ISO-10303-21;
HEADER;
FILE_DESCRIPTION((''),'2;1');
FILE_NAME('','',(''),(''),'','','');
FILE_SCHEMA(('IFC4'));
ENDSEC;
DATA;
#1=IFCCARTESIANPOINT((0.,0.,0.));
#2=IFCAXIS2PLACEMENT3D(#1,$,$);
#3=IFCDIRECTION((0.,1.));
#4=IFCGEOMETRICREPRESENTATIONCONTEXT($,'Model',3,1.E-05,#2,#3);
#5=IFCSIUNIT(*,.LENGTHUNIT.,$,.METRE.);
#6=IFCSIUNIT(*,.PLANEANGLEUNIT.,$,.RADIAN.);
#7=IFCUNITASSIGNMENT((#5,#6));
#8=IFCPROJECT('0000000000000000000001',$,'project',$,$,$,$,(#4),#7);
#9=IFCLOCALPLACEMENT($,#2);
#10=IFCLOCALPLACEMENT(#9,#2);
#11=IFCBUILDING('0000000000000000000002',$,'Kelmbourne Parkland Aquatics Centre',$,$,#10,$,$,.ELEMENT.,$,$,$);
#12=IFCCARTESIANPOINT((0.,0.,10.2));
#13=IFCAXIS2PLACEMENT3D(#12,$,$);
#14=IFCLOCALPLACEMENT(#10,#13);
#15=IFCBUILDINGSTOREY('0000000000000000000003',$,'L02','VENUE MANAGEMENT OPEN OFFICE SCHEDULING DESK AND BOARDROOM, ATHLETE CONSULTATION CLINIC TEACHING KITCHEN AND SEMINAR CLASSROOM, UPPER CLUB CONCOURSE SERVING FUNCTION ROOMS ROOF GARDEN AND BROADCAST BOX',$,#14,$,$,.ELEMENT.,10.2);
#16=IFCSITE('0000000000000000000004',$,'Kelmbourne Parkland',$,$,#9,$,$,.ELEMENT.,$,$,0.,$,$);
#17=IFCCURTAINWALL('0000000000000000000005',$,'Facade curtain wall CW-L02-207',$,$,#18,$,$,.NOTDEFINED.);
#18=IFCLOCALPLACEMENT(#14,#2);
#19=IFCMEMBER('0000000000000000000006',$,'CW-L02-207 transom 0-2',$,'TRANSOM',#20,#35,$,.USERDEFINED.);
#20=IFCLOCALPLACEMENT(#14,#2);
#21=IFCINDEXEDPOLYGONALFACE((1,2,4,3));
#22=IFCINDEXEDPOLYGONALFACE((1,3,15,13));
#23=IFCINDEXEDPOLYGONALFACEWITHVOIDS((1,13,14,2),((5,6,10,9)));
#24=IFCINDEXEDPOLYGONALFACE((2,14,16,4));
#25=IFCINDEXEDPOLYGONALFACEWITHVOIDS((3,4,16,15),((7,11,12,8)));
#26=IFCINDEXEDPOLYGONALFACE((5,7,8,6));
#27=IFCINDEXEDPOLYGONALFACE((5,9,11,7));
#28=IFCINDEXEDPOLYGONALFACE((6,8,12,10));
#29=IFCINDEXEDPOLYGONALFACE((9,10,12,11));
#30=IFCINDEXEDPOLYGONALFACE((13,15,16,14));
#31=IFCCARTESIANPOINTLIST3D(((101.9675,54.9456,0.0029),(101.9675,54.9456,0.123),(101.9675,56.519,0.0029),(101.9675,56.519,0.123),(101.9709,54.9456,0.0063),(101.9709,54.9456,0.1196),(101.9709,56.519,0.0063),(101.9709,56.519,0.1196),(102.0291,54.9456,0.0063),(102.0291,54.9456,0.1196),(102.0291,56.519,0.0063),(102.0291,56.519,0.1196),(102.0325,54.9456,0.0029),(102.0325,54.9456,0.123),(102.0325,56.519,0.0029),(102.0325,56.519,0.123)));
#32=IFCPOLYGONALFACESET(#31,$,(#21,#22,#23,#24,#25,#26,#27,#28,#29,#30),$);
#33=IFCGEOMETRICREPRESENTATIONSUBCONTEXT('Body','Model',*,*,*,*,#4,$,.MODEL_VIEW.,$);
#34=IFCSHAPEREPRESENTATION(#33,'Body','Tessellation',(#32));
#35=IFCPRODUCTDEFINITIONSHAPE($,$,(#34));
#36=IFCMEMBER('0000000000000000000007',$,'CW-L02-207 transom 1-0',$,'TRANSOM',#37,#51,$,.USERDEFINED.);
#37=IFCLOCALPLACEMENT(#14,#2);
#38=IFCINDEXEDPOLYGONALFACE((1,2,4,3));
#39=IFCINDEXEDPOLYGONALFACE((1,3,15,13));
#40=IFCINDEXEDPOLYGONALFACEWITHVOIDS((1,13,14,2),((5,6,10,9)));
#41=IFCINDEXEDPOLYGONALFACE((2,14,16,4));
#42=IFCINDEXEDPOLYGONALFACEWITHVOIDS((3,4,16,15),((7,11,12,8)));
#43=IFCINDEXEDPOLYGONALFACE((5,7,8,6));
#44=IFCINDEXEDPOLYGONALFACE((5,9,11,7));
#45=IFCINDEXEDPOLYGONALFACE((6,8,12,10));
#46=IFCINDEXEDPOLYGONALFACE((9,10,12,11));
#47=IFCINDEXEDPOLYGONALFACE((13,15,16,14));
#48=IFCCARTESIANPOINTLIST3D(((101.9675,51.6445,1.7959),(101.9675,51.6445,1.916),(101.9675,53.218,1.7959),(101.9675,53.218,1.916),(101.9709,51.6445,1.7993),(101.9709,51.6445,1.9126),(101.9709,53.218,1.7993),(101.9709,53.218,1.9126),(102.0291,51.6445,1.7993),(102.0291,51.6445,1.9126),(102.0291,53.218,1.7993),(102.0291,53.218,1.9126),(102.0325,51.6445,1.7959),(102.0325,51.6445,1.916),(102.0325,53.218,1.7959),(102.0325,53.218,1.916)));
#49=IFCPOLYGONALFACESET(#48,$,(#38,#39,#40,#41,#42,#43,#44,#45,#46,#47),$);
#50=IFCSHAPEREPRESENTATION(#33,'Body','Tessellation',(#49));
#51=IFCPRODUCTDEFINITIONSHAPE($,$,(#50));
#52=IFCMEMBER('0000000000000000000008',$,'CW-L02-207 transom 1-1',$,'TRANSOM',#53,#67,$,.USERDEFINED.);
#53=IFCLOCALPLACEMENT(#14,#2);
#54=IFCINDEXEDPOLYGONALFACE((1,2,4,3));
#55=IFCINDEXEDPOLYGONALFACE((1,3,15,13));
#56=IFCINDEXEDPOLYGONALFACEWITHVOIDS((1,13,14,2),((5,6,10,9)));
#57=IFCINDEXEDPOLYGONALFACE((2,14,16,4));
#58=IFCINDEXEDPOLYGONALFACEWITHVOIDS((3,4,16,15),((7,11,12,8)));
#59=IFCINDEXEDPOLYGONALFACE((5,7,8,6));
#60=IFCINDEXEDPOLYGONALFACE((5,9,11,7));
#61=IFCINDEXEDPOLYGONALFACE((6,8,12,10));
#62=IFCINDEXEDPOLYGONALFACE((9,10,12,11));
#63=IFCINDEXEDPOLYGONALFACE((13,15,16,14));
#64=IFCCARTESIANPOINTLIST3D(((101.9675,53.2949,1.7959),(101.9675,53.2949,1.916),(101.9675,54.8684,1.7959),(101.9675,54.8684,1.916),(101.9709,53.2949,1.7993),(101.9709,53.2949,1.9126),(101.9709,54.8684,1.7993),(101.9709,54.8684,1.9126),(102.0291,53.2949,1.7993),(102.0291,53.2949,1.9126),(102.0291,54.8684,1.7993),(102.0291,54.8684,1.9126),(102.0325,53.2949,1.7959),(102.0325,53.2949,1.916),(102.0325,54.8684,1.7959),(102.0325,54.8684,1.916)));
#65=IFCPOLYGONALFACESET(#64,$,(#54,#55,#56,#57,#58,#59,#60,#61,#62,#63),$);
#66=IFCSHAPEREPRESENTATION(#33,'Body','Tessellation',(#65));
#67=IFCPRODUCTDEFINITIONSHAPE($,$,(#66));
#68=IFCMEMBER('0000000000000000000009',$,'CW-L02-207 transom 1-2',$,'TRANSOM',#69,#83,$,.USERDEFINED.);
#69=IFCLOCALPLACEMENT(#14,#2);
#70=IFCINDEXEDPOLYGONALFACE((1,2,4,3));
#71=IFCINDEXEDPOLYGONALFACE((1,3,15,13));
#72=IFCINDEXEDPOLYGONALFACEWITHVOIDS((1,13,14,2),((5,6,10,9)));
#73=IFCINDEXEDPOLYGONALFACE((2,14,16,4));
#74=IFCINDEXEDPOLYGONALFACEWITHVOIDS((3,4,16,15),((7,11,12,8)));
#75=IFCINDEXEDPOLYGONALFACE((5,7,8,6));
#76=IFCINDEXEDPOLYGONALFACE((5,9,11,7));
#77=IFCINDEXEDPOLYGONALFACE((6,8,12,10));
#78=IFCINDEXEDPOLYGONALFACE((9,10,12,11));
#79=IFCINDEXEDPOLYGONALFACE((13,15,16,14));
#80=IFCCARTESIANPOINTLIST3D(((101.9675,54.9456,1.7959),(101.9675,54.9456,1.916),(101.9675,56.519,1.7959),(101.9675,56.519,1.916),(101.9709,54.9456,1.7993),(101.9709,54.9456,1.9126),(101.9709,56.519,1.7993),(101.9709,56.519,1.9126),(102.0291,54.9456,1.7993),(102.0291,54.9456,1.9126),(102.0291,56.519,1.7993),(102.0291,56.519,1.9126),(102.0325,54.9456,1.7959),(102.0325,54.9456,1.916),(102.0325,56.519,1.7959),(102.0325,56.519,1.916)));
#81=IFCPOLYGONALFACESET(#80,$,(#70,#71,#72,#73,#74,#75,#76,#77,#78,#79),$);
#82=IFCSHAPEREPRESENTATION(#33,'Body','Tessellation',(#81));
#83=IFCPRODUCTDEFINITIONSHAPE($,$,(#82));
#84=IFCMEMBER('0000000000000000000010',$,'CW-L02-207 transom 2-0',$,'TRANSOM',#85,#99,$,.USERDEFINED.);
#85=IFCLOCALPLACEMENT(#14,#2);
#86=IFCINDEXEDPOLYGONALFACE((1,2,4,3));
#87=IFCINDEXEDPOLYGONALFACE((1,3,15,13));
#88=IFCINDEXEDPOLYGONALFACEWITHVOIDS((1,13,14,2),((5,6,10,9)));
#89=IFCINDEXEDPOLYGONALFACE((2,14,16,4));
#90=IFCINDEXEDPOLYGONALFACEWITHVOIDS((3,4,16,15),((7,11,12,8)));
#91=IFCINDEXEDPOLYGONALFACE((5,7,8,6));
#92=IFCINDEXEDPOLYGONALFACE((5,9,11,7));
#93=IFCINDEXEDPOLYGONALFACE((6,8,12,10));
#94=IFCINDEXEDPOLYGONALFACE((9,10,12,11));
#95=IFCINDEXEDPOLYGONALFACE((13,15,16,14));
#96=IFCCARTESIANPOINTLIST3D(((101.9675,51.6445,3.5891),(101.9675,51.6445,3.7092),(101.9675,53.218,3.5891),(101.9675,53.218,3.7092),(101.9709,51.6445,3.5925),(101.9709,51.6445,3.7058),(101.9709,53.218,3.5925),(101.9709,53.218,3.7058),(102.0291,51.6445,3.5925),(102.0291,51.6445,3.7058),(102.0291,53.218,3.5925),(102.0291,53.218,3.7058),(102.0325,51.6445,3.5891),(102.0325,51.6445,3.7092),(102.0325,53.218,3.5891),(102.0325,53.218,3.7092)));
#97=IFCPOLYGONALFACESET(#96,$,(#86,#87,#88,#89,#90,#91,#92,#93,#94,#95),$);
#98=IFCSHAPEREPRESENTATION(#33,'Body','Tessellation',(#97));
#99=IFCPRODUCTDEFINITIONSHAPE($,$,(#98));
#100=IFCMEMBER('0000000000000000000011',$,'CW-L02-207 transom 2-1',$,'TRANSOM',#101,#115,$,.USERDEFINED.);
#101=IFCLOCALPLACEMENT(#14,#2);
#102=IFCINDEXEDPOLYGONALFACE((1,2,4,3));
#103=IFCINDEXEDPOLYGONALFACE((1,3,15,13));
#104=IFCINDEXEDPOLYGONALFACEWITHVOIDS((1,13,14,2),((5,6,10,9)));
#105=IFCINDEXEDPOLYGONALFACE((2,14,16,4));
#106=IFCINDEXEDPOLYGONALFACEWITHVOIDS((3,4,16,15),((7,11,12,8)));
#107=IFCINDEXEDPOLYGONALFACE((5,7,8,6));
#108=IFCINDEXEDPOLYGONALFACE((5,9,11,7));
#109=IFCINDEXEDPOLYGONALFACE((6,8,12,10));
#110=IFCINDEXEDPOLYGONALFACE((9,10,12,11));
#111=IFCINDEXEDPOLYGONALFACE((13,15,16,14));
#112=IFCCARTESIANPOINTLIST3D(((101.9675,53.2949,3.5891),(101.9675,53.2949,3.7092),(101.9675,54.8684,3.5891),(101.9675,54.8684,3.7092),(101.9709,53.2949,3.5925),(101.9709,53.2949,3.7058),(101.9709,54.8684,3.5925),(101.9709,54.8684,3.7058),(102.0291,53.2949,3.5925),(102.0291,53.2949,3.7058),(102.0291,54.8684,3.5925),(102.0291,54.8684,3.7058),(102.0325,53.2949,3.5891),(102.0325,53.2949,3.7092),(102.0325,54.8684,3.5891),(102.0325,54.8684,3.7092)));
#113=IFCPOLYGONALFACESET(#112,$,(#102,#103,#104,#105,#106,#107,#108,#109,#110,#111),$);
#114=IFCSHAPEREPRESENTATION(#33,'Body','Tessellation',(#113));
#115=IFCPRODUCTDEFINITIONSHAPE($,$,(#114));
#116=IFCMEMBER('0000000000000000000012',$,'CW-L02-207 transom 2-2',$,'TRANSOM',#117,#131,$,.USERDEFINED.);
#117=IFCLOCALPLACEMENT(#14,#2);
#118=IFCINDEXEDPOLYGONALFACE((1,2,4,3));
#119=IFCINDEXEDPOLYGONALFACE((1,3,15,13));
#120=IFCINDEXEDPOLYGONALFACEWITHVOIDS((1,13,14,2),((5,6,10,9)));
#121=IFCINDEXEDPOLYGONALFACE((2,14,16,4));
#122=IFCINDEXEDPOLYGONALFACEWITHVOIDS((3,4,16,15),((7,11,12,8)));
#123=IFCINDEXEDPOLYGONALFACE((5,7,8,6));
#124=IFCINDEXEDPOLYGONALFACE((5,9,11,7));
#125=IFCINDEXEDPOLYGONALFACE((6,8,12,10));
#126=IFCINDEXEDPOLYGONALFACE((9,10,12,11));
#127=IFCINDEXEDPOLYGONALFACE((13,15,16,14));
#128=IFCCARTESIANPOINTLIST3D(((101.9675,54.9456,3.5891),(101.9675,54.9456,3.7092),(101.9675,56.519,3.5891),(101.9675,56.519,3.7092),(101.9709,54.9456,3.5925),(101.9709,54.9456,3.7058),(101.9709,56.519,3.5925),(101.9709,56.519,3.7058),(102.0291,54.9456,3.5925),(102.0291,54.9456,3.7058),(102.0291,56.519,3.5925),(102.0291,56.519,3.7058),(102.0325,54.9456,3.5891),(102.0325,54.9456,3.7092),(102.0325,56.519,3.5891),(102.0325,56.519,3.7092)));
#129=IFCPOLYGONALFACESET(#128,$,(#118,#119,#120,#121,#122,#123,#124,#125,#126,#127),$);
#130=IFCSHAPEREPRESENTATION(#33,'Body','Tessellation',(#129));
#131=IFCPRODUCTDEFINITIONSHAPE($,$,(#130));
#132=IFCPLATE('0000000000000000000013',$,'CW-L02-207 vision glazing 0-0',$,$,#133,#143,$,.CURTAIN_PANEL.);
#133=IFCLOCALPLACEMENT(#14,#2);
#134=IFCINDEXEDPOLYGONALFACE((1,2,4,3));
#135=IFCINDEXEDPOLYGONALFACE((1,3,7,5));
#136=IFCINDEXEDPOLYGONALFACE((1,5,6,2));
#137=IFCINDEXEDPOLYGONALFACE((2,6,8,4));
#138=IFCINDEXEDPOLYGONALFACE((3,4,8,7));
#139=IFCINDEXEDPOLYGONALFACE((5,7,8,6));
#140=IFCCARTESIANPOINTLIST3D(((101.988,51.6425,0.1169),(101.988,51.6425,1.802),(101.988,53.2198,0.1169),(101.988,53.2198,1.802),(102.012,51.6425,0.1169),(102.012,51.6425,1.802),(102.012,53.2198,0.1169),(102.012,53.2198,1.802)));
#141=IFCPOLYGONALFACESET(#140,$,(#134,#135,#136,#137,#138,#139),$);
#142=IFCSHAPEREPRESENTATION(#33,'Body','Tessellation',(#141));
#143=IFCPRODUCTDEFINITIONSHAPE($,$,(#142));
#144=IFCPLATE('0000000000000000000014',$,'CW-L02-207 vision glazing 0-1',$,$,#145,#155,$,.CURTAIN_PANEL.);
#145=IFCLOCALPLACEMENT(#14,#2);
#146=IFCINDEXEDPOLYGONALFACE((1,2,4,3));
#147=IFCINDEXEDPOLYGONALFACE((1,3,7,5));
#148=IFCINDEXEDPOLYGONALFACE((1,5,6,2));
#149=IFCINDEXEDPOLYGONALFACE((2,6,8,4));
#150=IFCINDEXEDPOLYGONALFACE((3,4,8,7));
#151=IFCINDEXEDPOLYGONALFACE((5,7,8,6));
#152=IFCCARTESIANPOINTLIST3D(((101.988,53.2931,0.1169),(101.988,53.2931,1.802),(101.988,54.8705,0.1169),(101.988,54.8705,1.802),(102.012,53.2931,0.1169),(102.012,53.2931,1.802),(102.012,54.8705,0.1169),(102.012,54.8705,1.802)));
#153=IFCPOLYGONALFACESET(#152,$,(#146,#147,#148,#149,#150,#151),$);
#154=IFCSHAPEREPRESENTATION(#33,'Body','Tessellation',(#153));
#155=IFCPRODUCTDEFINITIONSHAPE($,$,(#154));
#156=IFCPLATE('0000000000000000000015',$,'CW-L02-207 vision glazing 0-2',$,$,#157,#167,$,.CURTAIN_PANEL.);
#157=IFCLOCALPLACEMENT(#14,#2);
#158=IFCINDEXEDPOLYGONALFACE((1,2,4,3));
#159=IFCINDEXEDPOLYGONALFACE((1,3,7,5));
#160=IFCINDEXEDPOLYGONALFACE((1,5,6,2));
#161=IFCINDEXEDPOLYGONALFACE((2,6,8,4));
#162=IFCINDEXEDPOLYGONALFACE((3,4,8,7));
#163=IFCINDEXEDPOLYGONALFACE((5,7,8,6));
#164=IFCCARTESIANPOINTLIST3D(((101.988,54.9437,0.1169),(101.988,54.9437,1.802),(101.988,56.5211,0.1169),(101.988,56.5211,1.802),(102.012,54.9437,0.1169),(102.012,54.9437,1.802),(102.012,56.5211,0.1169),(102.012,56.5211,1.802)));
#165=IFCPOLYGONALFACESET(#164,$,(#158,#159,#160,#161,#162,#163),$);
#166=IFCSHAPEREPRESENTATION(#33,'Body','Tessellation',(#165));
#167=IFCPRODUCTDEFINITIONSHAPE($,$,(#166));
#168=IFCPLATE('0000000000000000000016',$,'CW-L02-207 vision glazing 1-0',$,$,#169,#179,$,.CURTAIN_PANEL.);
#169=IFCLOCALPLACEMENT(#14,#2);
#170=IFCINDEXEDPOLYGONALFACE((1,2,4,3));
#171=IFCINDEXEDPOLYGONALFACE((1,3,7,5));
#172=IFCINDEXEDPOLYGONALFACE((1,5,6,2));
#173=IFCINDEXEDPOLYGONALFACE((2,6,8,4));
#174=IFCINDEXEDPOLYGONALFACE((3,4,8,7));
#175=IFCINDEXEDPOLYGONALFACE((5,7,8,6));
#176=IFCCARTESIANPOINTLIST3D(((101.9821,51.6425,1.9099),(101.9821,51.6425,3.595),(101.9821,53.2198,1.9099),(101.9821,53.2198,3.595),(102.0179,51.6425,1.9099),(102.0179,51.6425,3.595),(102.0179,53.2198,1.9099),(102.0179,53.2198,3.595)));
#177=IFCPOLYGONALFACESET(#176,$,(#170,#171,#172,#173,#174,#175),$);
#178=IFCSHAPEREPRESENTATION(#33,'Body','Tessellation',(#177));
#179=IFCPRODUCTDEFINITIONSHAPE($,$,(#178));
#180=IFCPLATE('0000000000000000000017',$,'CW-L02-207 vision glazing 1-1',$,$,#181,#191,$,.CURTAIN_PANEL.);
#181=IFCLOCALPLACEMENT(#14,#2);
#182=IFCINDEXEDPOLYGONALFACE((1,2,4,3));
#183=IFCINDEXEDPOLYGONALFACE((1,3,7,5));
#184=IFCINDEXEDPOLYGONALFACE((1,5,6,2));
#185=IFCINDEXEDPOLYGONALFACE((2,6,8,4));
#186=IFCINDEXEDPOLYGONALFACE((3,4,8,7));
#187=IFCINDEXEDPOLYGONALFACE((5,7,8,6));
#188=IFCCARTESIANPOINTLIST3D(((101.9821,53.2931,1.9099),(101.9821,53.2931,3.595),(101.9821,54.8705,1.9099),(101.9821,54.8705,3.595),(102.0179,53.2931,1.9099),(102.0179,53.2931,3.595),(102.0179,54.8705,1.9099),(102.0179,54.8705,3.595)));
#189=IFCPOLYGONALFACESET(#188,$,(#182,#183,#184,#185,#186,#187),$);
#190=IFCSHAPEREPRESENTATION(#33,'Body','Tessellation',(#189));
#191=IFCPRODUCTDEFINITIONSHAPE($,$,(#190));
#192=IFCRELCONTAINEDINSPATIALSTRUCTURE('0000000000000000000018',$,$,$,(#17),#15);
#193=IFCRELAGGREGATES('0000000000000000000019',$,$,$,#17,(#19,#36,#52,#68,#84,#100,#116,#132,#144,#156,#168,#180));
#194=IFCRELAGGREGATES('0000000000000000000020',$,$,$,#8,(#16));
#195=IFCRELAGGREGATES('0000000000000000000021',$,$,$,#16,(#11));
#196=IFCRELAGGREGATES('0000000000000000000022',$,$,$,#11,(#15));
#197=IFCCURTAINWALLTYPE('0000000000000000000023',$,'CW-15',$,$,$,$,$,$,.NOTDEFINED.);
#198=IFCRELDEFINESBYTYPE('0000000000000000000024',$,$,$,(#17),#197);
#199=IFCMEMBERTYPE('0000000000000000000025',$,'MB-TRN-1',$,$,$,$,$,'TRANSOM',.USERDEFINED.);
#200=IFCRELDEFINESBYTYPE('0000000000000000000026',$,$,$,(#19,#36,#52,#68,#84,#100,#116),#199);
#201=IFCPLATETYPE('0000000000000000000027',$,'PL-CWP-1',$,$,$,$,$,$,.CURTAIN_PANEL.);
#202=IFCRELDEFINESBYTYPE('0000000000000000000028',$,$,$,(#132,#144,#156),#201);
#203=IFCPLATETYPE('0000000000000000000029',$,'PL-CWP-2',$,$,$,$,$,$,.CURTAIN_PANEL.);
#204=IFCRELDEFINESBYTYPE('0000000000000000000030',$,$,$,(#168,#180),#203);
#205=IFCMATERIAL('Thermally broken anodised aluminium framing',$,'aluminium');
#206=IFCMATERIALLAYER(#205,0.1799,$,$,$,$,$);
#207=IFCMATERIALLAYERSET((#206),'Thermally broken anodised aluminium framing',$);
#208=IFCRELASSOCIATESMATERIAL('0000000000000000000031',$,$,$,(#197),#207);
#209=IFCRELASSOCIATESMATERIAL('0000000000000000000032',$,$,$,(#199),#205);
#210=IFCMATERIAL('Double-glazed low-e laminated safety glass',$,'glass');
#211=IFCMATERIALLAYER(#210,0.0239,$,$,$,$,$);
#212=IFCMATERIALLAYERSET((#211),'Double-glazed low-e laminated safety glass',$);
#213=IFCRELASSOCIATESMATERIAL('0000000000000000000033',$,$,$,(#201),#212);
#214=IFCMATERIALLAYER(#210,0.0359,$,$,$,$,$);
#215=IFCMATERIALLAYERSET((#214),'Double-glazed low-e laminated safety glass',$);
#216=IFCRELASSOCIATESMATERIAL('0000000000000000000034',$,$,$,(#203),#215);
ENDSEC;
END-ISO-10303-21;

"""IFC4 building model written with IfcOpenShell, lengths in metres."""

from ifc_helpers import new_model, si_unit, direction, frame, origin, origin_2d, place, context, subcontext, project, spatial, rectangle, hollow_rectangle, extrude, material, layer, layer_set, material_profile, profile_set, type_object, element, aggregate, save


model = new_model("IFC4")

# Units and contexts
model_context = context("Model", 3, precision=1e-05, world=origin(), true_north=direction((0.0, 1.0)))
body_context = subcontext(model_context, "Body", "Model", "MODEL_VIEW")
ifc_project = project(units=[si_unit("LENGTHUNIT", "METRE"), si_unit("PLANEANGLEUNIT", "RADIAN")], contexts=[model_context])

# Site, building, storey
site_placement = place(None, origin())
site = spatial("IfcSite", under=ifc_project, at=site_placement, Name="Kelmbourne Parkland", CompositionType="ELEMENT", RefElevation=0.0)
building_placement = place(site_placement, origin())
building = spatial("IfcBuilding", under=site, at=building_placement, Name="Kelmbourne Parkland Aquatics Centre", CompositionType="ELEMENT")
storey_placement = place(building_placement, frame((0.0, 0.0, 10.2)))
storey = spatial("IfcBuildingStorey", under=building, at=storey_placement, Name="L02", Description="VENUE MANAGEMENT OPEN OFFICE SCHEDULING DESK AND BOARDROOM, ATHLETE CONSULTATION CLINIC TEACHING KITCHEN AND SEMINAR CLASSROOM, UPPER CLUB CONCOURSE SERVING FUNCTION ROOMS ROOF GARDEN AND BROADCAST BOX", CompositionType="ELEMENT", Elevation=10.2)

# Curtain wall, members, plates
ifc_material_1 = material(Name="Thermally broken anodised aluminium framing", Category="aluminium")
ifc_layer_1 = layer(ifc_material_1, 0.1799)
ifc_layer_set_1 = layer_set([ifc_layer_1], Name="Thermally broken anodised aluminium framing")
curtain_wall_type = type_object("IfcCurtainWallType", Name="CW-15", PredefinedType="NOTDEFINED", material=ifc_layer_set_1)
curtain_wall_placement = place(storey_placement, origin())
curtain_wall = element("IfcCurtainWall", 1, at=curtain_wall_placement, inside=storey, type_object=curtain_wall_type, Name="Facade curtain wall CW-L02-207", PredefinedType="NOTDEFINED")
ifc_material_profile_1 = material_profile(ifc_material_1, hollow_rectangle(XDim=0.0649, YDim=0.1201, WallThickness=0.0034, at=origin_2d()), Name="CW-T 65x120")
ifc_profile_set_1 = profile_set([ifc_material_profile_1], Name="Thermally broken anodised aluminium framing")
member_type_1 = type_object("IfcMemberType", Name="MB-TRN-1", ElementType="TRANSOM", PredefinedType="USERDEFINED", material=ifc_profile_set_1)
member_1_placement = place(storey_placement, frame((102.0, 54.9456, 0.063), z_axis=(0.0, 1.0, 0.0), x_axis=(-1.0, 0.0, 0.0)))
member_1 = element("IfcMember", 2, at=member_1_placement, type_object=member_type_1, Name="CW-L02-207 transom 0-2", ObjectType="TRANSOM", PredefinedType="USERDEFINED", context=body_context, shape_type="SweptSolid", body=[
    extrude(hollow_rectangle(XDim=0.0649, YDim=0.1201, WallThickness=0.0034, at=origin_2d()), origin(), (0.0, 0.0, 1.0), 1.5735),
])
member_2_placement = place(storey_placement, frame((102.0, 51.6445, 1.856), z_axis=(0.0, 1.0, 0.0), x_axis=(-1.0, 0.0, 0.0)))
member_2 = element("IfcMember", 3, at=member_2_placement, type_object=member_type_1, Name="CW-L02-207 transom 1-0", ObjectType="TRANSOM", PredefinedType="USERDEFINED", context=body_context, shape_type="SweptSolid", body=[
    extrude(hollow_rectangle(XDim=0.0649, YDim=0.1201, WallThickness=0.0034, at=origin_2d()), origin(), (0.0, 0.0, 1.0), 1.5735),
])
member_3_placement = place(storey_placement, frame((102.0, 53.2949, 1.856), z_axis=(0.0, 1.0, 0.0), x_axis=(-1.0, 0.0, 0.0)))
member_3 = element("IfcMember", 4, at=member_3_placement, type_object=member_type_1, Name="CW-L02-207 transom 1-1", ObjectType="TRANSOM", PredefinedType="USERDEFINED", context=body_context, shape_type="SweptSolid", body=[
    extrude(hollow_rectangle(XDim=0.0649, YDim=0.1201, WallThickness=0.0034, at=origin_2d()), origin(), (0.0, 0.0, 1.0), 1.5735),
])
member_4_placement = place(storey_placement, frame((102.0, 54.9456, 1.856), z_axis=(0.0, 1.0, 0.0), x_axis=(-1.0, 0.0, 0.0)))
member_4 = element("IfcMember", 5, at=member_4_placement, type_object=member_type_1, Name="CW-L02-207 transom 1-2", ObjectType="TRANSOM", PredefinedType="USERDEFINED", context=body_context, shape_type="SweptSolid", body=[
    extrude(hollow_rectangle(XDim=0.0649, YDim=0.1201, WallThickness=0.0034, at=origin_2d()), origin(), (0.0, 0.0, 1.0), 1.5735),
])
member_5_placement = place(storey_placement, frame((102.0, 51.6445, 3.6492), z_axis=(0.0, 1.0, 0.0), x_axis=(-1.0, 0.0, 0.0)))
member_5 = element("IfcMember", 6, at=member_5_placement, type_object=member_type_1, Name="CW-L02-207 transom 2-0", ObjectType="TRANSOM", PredefinedType="USERDEFINED", context=body_context, shape_type="SweptSolid", body=[
    extrude(hollow_rectangle(XDim=0.0649, YDim=0.1201, WallThickness=0.0034, at=origin_2d()), origin(), (0.0, 0.0, 1.0), 1.5735),
])
member_6_placement = place(storey_placement, frame((102.0, 53.2949, 3.6492), z_axis=(0.0, 1.0, 0.0), x_axis=(-1.0, 0.0, 0.0)))
member_6 = element("IfcMember", 7, at=member_6_placement, type_object=member_type_1, Name="CW-L02-207 transom 2-1", ObjectType="TRANSOM", PredefinedType="USERDEFINED", context=body_context, shape_type="SweptSolid", body=[
    extrude(hollow_rectangle(XDim=0.0649, YDim=0.1201, WallThickness=0.0034, at=origin_2d()), origin(), (0.0, 0.0, 1.0), 1.5735),
])
member_7_placement = place(storey_placement, frame((102.0, 54.9456, 3.6492), z_axis=(0.0, 1.0, 0.0), x_axis=(-1.0, 0.0, 0.0)))
member_7 = element("IfcMember", 8, at=member_7_placement, type_object=member_type_1, Name="CW-L02-207 transom 2-2", ObjectType="TRANSOM", PredefinedType="USERDEFINED", context=body_context, shape_type="SweptSolid", body=[
    extrude(hollow_rectangle(XDim=0.0649, YDim=0.1201, WallThickness=0.0034, at=origin_2d()), origin(), (0.0, 0.0, 1.0), 1.5735),
])
ifc_material_2 = material(Name="Double-glazed low-e laminated safety glass", Category="glass")
ifc_layer_2 = layer(ifc_material_2, 0.0239)
ifc_layer_set_2 = layer_set([ifc_layer_2], Name="Double-glazed low-e laminated safety glass")
plate_type_1 = type_object("IfcPlateType", Name="PL-CWP-1", PredefinedType="CURTAIN_PANEL", material=ifc_layer_set_2)
plate_1_placement = place(storey_placement, frame((102.0, 52.4312, 0.1169), z_axis=(0.0, 0.0, 1.0), x_axis=(0.0, 1.0, 0.0)))
plate_1 = element("IfcPlate", 9, at=plate_1_placement, type_object=plate_type_1, Name="CW-L02-207 vision glazing 0-0", PredefinedType="CURTAIN_PANEL", context=body_context, shape_type="SweptSolid", body=[
    extrude(rectangle(XDim=1.5774, YDim=0.0239, at=origin_2d()), origin(), (0.0, 0.0, 1.0), 1.6851),
])
plate_2_placement = place(storey_placement, frame((102.0, 54.0818, 0.1169), z_axis=(0.0, 0.0, 1.0), x_axis=(0.0, 1.0, 0.0)))
plate_2 = element("IfcPlate", 10, at=plate_2_placement, type_object=plate_type_1, Name="CW-L02-207 vision glazing 0-1", PredefinedType="CURTAIN_PANEL", context=body_context, shape_type="SweptSolid", body=[
    extrude(rectangle(XDim=1.5774, YDim=0.0239, at=origin_2d()), origin(), (0.0, 0.0, 1.0), 1.6851),
])
plate_3_placement = place(storey_placement, frame((102.0, 55.7324, 0.1169), z_axis=(0.0, 0.0, 1.0), x_axis=(0.0, 1.0, 0.0)))
plate_3 = element("IfcPlate", 11, at=plate_3_placement, type_object=plate_type_1, Name="CW-L02-207 vision glazing 0-2", PredefinedType="CURTAIN_PANEL", context=body_context, shape_type="SweptSolid", body=[
    extrude(rectangle(XDim=1.5774, YDim=0.0239, at=origin_2d()), origin(), (0.0, 0.0, 1.0), 1.6851),
])
ifc_layer_3 = layer(ifc_material_2, 0.0359)
ifc_layer_set_3 = layer_set([ifc_layer_3], Name="Double-glazed low-e laminated safety glass")
plate_type_2 = type_object("IfcPlateType", Name="PL-CWP-2", PredefinedType="CURTAIN_PANEL", material=ifc_layer_set_3)
plate_4_placement = place(storey_placement, frame((102.0, 52.4312, 1.9099), z_axis=(0.0, 0.0, 1.0), x_axis=(0.0, 1.0, 0.0)))
plate_4 = element("IfcPlate", 12, at=plate_4_placement, type_object=plate_type_2, Name="CW-L02-207 vision glazing 1-0", PredefinedType="CURTAIN_PANEL", context=body_context, shape_type="SweptSolid", body=[
    extrude(rectangle(XDim=1.5774, YDim=0.0359, at=origin_2d()), origin(), (0.0, 0.0, 1.0), 1.6851),
])
plate_5_placement = place(storey_placement, frame((102.0, 54.0818, 1.9099), z_axis=(0.0, 0.0, 1.0), x_axis=(0.0, 1.0, 0.0)))
plate_5 = element("IfcPlate", 13, at=plate_5_placement, type_object=plate_type_2, Name="CW-L02-207 vision glazing 1-1", PredefinedType="CURTAIN_PANEL", context=body_context, shape_type="SweptSolid", body=[
    extrude(rectangle(XDim=1.5774, YDim=0.0359, at=origin_2d()), origin(), (0.0, 0.0, 1.0), 1.6851),
])
aggregate(curtain_wall, [member_1, member_2, member_3, member_4, member_5, member_6, member_7, plate_1, plate_2, plate_3, plate_4, plate_5])

save(model, "model.ifc")
